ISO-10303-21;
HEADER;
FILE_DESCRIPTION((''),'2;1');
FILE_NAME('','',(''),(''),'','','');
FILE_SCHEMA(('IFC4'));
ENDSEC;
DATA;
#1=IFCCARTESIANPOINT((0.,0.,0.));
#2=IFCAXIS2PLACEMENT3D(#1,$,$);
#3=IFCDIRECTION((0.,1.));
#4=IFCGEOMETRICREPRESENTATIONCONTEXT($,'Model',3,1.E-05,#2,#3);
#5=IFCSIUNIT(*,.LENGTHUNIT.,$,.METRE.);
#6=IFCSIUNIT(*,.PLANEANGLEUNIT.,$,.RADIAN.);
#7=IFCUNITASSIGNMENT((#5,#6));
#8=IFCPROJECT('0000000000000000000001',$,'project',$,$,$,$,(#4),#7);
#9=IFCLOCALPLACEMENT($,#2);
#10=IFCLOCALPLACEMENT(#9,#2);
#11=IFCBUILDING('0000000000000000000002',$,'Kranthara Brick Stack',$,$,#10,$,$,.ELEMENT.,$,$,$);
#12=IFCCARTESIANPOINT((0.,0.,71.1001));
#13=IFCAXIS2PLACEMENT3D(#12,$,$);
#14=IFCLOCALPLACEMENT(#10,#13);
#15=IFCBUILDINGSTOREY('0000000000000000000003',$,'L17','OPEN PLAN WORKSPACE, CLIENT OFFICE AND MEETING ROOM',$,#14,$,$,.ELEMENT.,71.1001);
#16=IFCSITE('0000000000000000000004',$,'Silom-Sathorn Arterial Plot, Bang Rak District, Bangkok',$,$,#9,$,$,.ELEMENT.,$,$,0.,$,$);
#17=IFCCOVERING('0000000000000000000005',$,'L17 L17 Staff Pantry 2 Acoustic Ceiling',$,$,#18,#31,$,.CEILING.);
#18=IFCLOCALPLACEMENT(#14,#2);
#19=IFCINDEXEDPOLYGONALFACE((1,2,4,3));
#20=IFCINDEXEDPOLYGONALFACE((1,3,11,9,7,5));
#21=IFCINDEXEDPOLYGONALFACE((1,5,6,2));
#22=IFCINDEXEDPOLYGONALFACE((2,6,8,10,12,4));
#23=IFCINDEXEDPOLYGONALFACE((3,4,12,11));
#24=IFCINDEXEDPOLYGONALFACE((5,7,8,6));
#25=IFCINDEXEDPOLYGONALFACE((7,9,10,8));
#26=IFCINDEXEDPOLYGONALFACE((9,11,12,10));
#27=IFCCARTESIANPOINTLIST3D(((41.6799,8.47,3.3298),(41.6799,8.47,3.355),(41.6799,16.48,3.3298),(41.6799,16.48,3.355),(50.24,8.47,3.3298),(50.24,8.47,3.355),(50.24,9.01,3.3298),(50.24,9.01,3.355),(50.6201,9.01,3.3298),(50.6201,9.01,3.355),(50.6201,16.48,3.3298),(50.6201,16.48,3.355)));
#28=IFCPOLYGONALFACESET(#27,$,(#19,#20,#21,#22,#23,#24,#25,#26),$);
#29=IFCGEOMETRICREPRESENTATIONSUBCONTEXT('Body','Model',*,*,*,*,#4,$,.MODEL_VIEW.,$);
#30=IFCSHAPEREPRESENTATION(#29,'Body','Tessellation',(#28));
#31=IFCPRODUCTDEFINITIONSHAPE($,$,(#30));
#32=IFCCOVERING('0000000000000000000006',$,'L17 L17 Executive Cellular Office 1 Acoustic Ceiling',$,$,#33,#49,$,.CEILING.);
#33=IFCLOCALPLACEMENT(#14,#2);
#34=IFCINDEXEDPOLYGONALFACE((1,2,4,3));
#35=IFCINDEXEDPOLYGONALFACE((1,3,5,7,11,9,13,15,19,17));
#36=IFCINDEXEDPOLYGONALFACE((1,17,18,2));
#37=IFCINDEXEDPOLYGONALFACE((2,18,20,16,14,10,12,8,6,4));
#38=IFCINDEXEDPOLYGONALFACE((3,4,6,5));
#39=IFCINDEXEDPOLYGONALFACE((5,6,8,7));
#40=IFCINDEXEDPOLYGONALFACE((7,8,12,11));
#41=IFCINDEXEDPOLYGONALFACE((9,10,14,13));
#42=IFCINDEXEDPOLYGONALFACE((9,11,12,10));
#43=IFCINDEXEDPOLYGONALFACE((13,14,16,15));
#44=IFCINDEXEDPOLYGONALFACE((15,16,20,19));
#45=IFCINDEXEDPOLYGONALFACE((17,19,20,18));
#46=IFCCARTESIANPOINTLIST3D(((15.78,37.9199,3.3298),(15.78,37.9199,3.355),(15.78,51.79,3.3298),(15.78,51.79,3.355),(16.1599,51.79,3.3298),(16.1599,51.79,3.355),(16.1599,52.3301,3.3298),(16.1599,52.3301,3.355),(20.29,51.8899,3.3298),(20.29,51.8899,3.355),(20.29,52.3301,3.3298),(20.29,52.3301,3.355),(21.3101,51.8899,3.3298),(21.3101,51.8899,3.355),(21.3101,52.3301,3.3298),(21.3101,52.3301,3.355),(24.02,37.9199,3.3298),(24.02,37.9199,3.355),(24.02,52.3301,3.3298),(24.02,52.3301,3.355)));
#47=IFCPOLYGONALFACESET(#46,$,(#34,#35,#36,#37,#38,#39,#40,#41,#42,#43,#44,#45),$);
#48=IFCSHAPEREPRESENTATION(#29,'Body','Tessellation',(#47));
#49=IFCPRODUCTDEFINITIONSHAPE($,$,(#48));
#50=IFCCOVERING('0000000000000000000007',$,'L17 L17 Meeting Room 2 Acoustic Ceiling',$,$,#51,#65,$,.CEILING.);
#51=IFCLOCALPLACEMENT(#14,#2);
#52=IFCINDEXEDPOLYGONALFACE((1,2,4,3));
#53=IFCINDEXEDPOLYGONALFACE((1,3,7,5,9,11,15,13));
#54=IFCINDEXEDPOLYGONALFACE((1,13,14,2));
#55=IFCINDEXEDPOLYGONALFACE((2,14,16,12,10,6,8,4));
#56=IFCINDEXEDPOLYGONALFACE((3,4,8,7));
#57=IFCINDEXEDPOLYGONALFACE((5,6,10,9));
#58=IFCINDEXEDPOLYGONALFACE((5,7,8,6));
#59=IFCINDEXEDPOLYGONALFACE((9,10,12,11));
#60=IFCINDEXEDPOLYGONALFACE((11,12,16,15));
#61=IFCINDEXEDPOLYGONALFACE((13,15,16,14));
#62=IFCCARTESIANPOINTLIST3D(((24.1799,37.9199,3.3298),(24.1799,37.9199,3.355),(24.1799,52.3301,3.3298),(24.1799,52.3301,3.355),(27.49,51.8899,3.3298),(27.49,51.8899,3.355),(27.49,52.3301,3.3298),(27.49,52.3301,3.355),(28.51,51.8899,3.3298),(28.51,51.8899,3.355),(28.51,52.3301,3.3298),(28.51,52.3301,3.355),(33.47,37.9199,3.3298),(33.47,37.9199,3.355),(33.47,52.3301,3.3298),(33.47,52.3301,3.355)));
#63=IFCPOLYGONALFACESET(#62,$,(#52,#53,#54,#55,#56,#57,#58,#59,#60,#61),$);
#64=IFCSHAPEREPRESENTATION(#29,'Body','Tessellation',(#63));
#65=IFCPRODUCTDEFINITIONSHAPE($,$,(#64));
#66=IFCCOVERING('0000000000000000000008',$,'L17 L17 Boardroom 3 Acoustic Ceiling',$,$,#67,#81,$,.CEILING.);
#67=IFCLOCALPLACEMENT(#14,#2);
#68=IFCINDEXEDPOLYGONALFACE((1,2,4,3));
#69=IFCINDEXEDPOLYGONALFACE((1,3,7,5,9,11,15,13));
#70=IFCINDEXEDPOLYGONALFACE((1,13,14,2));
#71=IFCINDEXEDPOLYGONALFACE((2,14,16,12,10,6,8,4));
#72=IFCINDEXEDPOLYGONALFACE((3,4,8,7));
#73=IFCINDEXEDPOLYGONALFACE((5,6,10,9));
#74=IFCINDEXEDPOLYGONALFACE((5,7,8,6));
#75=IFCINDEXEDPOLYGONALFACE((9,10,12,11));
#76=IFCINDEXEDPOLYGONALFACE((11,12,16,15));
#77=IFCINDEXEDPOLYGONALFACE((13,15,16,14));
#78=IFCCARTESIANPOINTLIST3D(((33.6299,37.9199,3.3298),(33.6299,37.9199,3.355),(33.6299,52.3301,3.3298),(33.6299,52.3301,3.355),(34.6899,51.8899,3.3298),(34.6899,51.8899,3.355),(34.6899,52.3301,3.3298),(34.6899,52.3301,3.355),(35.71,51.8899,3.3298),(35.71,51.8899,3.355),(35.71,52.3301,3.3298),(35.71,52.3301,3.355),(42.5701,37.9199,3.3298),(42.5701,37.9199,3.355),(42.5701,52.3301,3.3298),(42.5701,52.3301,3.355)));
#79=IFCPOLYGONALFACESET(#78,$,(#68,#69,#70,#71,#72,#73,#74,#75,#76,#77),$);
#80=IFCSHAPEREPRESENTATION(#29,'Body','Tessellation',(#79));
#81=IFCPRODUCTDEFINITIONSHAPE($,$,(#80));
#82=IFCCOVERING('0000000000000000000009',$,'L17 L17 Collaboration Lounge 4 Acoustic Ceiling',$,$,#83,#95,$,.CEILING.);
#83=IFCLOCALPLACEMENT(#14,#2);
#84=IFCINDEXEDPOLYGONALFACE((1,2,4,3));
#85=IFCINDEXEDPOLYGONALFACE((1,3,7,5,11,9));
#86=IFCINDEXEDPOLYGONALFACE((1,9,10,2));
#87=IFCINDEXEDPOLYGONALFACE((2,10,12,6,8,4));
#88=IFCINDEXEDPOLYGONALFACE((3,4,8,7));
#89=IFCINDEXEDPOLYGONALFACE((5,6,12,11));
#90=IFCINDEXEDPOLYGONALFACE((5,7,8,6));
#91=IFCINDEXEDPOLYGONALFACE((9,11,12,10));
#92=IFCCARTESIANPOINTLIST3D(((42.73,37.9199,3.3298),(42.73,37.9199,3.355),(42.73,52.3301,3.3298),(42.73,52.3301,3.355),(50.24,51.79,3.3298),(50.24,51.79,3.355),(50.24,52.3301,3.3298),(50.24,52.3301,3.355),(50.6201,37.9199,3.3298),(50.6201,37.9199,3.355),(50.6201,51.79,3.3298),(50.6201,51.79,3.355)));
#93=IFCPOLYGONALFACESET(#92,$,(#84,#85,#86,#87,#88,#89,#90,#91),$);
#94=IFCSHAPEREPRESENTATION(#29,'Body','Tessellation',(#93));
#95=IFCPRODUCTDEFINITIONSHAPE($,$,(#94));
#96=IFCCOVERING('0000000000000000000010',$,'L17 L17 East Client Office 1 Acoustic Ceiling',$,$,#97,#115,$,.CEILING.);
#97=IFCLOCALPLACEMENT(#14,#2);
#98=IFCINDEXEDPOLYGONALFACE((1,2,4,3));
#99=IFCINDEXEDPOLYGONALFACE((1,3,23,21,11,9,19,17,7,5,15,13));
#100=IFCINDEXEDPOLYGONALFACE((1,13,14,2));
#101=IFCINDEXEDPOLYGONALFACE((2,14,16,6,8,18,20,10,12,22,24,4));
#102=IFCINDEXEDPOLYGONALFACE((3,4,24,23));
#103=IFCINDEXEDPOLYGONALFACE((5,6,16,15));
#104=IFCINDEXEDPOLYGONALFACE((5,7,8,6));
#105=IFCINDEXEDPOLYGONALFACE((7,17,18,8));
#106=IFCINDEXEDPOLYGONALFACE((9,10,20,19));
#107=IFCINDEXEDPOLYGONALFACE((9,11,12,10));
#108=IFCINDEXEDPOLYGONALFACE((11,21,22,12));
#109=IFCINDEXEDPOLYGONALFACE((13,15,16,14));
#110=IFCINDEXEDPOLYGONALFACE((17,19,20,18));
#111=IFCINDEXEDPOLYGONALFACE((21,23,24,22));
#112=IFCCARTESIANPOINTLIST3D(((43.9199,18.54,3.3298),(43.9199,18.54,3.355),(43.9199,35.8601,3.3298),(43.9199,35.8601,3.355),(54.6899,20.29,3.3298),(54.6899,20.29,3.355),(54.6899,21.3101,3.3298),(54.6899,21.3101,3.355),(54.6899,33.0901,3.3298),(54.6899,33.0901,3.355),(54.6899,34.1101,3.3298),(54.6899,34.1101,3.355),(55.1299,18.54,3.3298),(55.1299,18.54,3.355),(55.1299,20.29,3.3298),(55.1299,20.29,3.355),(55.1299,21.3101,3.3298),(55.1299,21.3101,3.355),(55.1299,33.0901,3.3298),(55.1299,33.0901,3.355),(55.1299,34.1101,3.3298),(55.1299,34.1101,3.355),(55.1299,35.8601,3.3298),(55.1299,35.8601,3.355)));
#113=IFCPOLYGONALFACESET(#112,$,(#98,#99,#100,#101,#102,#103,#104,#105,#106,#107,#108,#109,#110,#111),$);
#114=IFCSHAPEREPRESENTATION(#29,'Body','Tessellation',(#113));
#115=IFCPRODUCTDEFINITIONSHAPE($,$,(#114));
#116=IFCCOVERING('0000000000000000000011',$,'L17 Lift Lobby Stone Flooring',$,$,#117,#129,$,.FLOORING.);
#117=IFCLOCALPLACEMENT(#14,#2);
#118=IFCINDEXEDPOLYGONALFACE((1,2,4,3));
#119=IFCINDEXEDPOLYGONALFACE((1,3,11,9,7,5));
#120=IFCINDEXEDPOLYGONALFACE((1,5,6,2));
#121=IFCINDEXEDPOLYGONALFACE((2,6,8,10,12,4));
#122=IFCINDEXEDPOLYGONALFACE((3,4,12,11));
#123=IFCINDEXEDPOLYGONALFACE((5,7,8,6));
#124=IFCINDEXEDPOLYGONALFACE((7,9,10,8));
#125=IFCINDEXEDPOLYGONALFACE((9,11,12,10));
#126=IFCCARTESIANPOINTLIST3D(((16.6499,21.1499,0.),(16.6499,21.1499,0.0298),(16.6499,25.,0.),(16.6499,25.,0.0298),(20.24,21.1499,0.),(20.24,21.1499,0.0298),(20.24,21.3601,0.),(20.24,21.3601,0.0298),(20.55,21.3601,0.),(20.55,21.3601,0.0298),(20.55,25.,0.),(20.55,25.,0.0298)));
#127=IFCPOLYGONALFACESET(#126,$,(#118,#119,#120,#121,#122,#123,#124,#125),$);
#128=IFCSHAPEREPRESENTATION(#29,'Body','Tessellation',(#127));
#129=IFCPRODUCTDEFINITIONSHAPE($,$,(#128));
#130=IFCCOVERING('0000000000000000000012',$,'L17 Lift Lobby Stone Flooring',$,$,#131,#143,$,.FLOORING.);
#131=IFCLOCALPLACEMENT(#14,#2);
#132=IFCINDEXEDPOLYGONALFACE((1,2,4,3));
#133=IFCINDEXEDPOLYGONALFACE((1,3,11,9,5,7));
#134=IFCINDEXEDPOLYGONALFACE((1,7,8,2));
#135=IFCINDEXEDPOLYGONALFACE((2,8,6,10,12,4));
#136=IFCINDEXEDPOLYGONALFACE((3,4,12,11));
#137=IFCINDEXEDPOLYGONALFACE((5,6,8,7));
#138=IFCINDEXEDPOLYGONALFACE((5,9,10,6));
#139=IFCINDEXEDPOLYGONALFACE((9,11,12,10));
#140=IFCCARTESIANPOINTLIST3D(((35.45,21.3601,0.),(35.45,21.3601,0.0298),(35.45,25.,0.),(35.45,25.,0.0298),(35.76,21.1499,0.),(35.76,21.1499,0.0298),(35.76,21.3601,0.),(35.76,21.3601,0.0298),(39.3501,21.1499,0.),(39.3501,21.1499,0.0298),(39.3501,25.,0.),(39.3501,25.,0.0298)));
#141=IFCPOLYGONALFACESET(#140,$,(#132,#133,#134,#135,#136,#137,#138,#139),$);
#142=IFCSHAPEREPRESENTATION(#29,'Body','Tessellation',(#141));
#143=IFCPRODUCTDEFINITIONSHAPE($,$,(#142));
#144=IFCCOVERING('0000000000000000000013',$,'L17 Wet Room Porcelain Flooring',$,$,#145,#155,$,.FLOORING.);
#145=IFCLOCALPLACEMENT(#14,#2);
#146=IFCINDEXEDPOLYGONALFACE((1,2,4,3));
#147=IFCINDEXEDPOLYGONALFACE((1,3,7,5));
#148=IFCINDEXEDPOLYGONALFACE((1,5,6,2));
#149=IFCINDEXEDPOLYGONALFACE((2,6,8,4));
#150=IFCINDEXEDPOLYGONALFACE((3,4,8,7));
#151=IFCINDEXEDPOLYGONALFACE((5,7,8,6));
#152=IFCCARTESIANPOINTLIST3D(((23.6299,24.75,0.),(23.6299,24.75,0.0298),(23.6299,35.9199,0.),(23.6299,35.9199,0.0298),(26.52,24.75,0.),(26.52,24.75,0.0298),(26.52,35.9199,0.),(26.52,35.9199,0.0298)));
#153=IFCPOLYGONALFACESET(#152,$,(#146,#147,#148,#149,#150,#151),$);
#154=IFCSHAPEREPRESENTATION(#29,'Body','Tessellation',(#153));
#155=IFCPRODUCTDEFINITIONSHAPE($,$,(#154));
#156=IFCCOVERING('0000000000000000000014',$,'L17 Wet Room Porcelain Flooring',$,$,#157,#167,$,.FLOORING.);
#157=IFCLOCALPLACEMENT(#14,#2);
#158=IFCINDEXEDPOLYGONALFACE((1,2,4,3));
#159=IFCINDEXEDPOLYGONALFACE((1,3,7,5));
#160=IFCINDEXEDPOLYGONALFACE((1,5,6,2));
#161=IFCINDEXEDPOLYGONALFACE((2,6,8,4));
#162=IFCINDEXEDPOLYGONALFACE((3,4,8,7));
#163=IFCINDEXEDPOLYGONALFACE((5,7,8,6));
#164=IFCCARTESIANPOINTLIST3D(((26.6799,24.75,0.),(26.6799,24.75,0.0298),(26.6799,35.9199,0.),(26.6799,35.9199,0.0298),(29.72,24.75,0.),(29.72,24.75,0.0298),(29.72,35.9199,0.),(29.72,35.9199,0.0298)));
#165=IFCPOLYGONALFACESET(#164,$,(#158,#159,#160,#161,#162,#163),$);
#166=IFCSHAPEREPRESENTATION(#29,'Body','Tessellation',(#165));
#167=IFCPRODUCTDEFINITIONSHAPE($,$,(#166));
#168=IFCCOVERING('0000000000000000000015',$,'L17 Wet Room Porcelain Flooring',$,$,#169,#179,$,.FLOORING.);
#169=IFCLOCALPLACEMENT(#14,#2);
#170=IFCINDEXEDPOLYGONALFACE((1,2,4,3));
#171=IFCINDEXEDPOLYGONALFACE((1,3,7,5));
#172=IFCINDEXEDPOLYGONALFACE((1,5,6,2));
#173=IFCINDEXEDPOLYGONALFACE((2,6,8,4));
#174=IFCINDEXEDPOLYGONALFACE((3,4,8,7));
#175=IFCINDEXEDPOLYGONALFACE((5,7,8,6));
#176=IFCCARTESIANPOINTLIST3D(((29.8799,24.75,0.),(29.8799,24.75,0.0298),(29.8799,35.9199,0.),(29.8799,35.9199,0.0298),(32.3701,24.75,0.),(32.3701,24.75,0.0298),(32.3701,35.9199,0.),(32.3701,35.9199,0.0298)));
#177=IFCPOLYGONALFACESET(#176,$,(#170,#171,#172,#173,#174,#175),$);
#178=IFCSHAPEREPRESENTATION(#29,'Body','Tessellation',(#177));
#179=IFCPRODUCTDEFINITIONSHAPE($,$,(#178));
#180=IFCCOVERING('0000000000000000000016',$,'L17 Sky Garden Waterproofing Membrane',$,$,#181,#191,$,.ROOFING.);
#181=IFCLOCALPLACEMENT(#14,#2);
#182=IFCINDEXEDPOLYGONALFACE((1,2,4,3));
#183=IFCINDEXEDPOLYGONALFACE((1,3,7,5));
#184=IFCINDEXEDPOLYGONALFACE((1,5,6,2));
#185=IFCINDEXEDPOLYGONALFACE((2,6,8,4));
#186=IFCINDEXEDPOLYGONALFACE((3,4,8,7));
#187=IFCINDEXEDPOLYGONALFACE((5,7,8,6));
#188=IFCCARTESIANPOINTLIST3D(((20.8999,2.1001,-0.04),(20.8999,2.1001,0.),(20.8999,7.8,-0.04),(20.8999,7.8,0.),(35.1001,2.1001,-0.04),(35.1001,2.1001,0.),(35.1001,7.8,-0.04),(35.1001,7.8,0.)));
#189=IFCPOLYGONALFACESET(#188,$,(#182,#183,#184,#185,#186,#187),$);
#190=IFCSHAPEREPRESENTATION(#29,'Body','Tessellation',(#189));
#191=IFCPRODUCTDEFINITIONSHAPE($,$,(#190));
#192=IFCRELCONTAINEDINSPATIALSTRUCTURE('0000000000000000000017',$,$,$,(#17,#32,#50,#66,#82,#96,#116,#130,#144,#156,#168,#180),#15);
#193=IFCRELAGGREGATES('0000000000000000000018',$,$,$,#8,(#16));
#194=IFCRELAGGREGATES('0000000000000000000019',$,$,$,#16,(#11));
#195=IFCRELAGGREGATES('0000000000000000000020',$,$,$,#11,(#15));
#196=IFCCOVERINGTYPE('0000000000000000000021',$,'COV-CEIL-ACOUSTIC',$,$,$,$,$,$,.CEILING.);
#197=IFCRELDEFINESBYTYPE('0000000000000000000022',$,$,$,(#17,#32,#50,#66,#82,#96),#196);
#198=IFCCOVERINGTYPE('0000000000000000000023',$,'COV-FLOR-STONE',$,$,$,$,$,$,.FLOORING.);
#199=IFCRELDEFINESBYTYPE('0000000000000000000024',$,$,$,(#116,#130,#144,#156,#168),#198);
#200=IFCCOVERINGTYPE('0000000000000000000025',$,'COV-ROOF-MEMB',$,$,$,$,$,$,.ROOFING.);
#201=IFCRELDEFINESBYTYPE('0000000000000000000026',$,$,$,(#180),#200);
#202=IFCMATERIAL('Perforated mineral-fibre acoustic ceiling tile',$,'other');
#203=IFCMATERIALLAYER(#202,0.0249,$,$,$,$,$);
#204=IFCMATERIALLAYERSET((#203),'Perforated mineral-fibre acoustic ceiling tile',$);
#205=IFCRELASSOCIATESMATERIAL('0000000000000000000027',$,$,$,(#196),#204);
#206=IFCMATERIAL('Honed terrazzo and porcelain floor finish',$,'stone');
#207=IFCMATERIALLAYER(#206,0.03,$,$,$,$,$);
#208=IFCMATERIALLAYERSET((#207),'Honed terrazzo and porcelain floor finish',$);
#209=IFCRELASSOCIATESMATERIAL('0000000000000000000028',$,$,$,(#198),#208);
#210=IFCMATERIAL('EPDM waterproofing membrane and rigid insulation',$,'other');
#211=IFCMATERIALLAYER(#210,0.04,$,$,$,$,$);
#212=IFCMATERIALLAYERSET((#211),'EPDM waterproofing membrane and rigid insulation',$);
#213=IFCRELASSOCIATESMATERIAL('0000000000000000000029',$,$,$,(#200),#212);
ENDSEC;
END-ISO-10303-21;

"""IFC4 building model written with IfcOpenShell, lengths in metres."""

from ifc_helpers import new_model, si_unit, direction, frame, origin, place, context, subcontext, project, spatial, polyline, outline, extrude, material, layer, layer_set, type_object, element, save


model = new_model("IFC4")

# Units and contexts
model_context = context("Model", 3, precision=1e-05, world=origin(), true_north=direction((0.0, 1.0)))
body_context = subcontext(model_context, "Body", "Model", "MODEL_VIEW")
ifc_project = project(units=[si_unit("LENGTHUNIT", "METRE"), si_unit("PLANEANGLEUNIT", "RADIAN")], contexts=[model_context])

# Site, building, storey
site_placement = place(None, origin())
site = spatial("IfcSite", under=ifc_project, at=site_placement, Name="Silom-Sathorn Arterial Plot, Bang Rak District, Bangkok", CompositionType="ELEMENT", RefElevation=0.0)
building_placement = place(site_placement, origin())
building = spatial("IfcBuilding", under=site, at=building_placement, Name="Kranthara Brick Stack", CompositionType="ELEMENT")
storey_placement = place(building_placement, frame((0.0, 0.0, 71.1001)))
storey = spatial("IfcBuildingStorey", under=building, at=storey_placement, Name="L17", Description="OPEN PLAN WORKSPACE, CLIENT OFFICE AND MEETING ROOM", CompositionType="ELEMENT", Elevation=71.1001)

# Coverings
ifc_material_1 = material(Name="Perforated mineral-fibre acoustic ceiling tile", Category="other")
ifc_layer_1 = layer(ifc_material_1, 0.0249)
ifc_layer_set_1 = layer_set([ifc_layer_1], Name="Perforated mineral-fibre acoustic ceiling tile")
covering_type_1 = type_object("IfcCoveringType", Name="COV-CEIL-ACOUSTIC", PredefinedType="CEILING", material=ifc_layer_set_1)
covering_1_placement = place(storey_placement, frame((0.0, 0.0, 3.3298)))
element("IfcCovering", 1, at=covering_1_placement, inside=storey, type_object=covering_type_1, Name="L17 L17 Staff Pantry 2 Acoustic Ceiling", PredefinedType="CEILING", context=body_context, shape_type="SweptSolid", body=[
    extrude(outline(polyline([(41.6799, 8.47), (41.6799, 16.48), (50.6201, 16.48), (50.6201, 9.01), (50.24, 9.01), (50.24, 8.47), (41.6799, 8.47)])), origin(), (0.0, 0.0, 1.0), 0.0251),
])
covering_2_placement = place(storey_placement, frame((0.0, 0.0, 3.3298)))
element("IfcCovering", 2, at=covering_2_placement, inside=storey, type_object=covering_type_1, Name="L17 L17 Executive Cellular Office 1 Acoustic Ceiling", PredefinedType="CEILING", context=body_context, shape_type="SweptSolid", body=[
    extrude(outline(polyline([(24.02, 37.9199), (15.78, 37.9199), (15.78, 51.79), (16.1599, 51.79), (16.1599, 52.3301), (20.29, 52.3301), (20.29, 51.8899), (21.3101, 51.8899), (21.3101, 52.3301), (24.02, 52.3301), (24.02, 37.9199)])), origin(), (0.0, 0.0, 1.0), 0.0251),
])
covering_3_placement = place(storey_placement, frame((0.0, 0.0, 3.3298)))
element("IfcCovering", 3, at=covering_3_placement, inside=storey, type_object=covering_type_1, Name="L17 L17 Meeting Room 2 Acoustic Ceiling", PredefinedType="CEILING", context=body_context, shape_type="SweptSolid", body=[
    extrude(outline(polyline([(33.47, 52.3301), (33.47, 37.9199), (24.1799, 37.9199), (24.1799, 52.3301), (27.49, 52.3301), (27.49, 51.8899), (28.51, 51.8899), (28.51, 52.3301), (33.47, 52.3301)])), origin(), (0.0, 0.0, 1.0), 0.0251),
])
covering_4_placement = place(storey_placement, frame((0.0, 0.0, 3.3298)))
element("IfcCovering", 4, at=covering_4_placement, inside=storey, type_object=covering_type_1, Name="L17 L17 Boardroom 3 Acoustic Ceiling", PredefinedType="CEILING", context=body_context, shape_type="SweptSolid", body=[
    extrude(outline(polyline([(42.5701, 52.3301), (42.5701, 37.9199), (33.6299, 37.9199), (33.6299, 52.3301), (34.6899, 52.3301), (34.6899, 51.8899), (35.71, 51.8899), (35.71, 52.3301), (42.5701, 52.3301)])), origin(), (0.0, 0.0, 1.0), 0.0251),
])
covering_5_placement = place(storey_placement, frame((0.0, 0.0, 3.3298)))
element("IfcCovering", 5, at=covering_5_placement, inside=storey, type_object=covering_type_1, Name="L17 L17 Collaboration Lounge 4 Acoustic Ceiling", PredefinedType="CEILING", context=body_context, shape_type="SweptSolid", body=[
    extrude(outline(polyline([(50.6201, 37.9199), (42.73, 37.9199), (42.73, 52.3301), (50.24, 52.3301), (50.24, 51.79), (50.6201, 51.79), (50.6201, 37.9199)])), origin(), (0.0, 0.0, 1.0), 0.0251),
])
covering_6_placement = place(storey_placement, frame((0.0, 0.0, 3.3298)))
element("IfcCovering", 6, at=covering_6_placement, inside=storey, type_object=covering_type_1, Name="L17 L17 East Client Office 1 Acoustic Ceiling", PredefinedType="CEILING", context=body_context, shape_type="SweptSolid", body=[
    extrude(outline(polyline([(43.9199, 18.54), (43.9199, 35.8601), (55.1299, 35.8601), (55.1299, 34.1101), (54.6899, 34.1101), (54.6899, 33.0901), (55.1299, 33.0901), (55.1299, 21.3101), (54.6899, 21.3101), (54.6899, 20.29), (55.1299, 20.29), (55.1299, 18.54), (43.9199, 18.54)])), origin(), (0.0, 0.0, 1.0), 0.0251),
])
ifc_material_2 = material(Name="Honed terrazzo and porcelain floor finish", Category="stone")
ifc_layer_2 = layer(ifc_material_2, 0.03)
ifc_layer_set_2 = layer_set([ifc_layer_2], Name="Honed terrazzo and porcelain floor finish")
covering_type_2 = type_object("IfcCoveringType", Name="COV-FLOR-STONE", PredefinedType="FLOORING", material=ifc_layer_set_2)
covering_7_placement = place(storey_placement, origin())
element("IfcCovering", 7, at=covering_7_placement, inside=storey, type_object=covering_type_2, Name="L17 Lift Lobby Stone Flooring", PredefinedType="FLOORING", context=body_context, shape_type="SweptSolid", body=[
    extrude(outline(polyline([(16.6499, 21.1499), (16.6499, 25.0), (20.55, 25.0), (20.55, 21.3601), (20.24, 21.3601), (20.24, 21.1499), (16.6499, 21.1499)])), origin(), (0.0, 0.0, 1.0), 0.0298),
])
covering_8_placement = place(storey_placement, origin())
element("IfcCovering", 8, at=covering_8_placement, inside=storey, type_object=covering_type_2, Name="L17 Lift Lobby Stone Flooring", PredefinedType="FLOORING", context=body_context, shape_type="SweptSolid", body=[
    extrude(outline(polyline([(35.45, 25.0), (39.3501, 25.0), (39.3501, 21.1499), (35.76, 21.1499), (35.76, 21.3601), (35.45, 21.3601), (35.45, 25.0)])), origin(), (0.0, 0.0, 1.0), 0.0298),
])
covering_9_placement = place(storey_placement, origin())
element("IfcCovering", 9, at=covering_9_placement, inside=storey, type_object=covering_type_2, Name="L17 Wet Room Porcelain Flooring", PredefinedType="FLOORING", context=body_context, shape_type="SweptSolid", body=[
    extrude(outline(polyline([(26.52, 24.75), (26.52, 35.9199), (23.6299, 35.9199), (23.6299, 24.75), (26.52, 24.75)])), origin(), (0.0, 0.0, 1.0), 0.0298),
])
covering_10_placement = place(storey_placement, origin())
element("IfcCovering", 10, at=covering_10_placement, inside=storey, type_object=covering_type_2, Name="L17 Wet Room Porcelain Flooring", PredefinedType="FLOORING", context=body_context, shape_type="SweptSolid", body=[
    extrude(outline(polyline([(29.72, 24.75), (29.72, 35.9199), (26.6799, 35.9199), (26.6799, 24.75), (29.72, 24.75)])), origin(), (0.0, 0.0, 1.0), 0.0298),
])
covering_11_placement = place(storey_placement, origin())
element("IfcCovering", 11, at=covering_11_placement, inside=storey, type_object=covering_type_2, Name="L17 Wet Room Porcelain Flooring", PredefinedType="FLOORING", context=body_context, shape_type="SweptSolid", body=[
    extrude(outline(polyline([(32.3701, 24.75), (32.3701, 35.9199), (29.8799, 35.9199), (29.8799, 24.75), (32.3701, 24.75)])), origin(), (0.0, 0.0, 1.0), 0.0298),
])
ifc_material_3 = material(Name="EPDM waterproofing membrane and rigid insulation", Category="other")
ifc_layer_3 = layer(ifc_material_3, 0.04)
ifc_layer_set_3 = layer_set([ifc_layer_3], Name="EPDM waterproofing membrane and rigid insulation")
covering_type_3 = type_object("IfcCoveringType", Name="COV-ROOF-MEMB", PredefinedType="ROOFING", material=ifc_layer_set_3)
covering_12_placement = place(storey_placement, frame((0.0, 0.0, -0.04)))
element("IfcCovering", 12, at=covering_12_placement, inside=storey, type_object=covering_type_3, Name="L17 Sky Garden Waterproofing Membrane", PredefinedType="ROOFING", context=body_context, shape_type="SweptSolid", body=[
    extrude(outline(polyline([(20.8999, 2.1001), (35.1001, 2.1001), (35.1001, 7.8), (20.8999, 7.8), (20.8999, 2.1001)])), origin(), (0.0, 0.0, 1.0), 0.04),
])

save(model, "model.ifc")
